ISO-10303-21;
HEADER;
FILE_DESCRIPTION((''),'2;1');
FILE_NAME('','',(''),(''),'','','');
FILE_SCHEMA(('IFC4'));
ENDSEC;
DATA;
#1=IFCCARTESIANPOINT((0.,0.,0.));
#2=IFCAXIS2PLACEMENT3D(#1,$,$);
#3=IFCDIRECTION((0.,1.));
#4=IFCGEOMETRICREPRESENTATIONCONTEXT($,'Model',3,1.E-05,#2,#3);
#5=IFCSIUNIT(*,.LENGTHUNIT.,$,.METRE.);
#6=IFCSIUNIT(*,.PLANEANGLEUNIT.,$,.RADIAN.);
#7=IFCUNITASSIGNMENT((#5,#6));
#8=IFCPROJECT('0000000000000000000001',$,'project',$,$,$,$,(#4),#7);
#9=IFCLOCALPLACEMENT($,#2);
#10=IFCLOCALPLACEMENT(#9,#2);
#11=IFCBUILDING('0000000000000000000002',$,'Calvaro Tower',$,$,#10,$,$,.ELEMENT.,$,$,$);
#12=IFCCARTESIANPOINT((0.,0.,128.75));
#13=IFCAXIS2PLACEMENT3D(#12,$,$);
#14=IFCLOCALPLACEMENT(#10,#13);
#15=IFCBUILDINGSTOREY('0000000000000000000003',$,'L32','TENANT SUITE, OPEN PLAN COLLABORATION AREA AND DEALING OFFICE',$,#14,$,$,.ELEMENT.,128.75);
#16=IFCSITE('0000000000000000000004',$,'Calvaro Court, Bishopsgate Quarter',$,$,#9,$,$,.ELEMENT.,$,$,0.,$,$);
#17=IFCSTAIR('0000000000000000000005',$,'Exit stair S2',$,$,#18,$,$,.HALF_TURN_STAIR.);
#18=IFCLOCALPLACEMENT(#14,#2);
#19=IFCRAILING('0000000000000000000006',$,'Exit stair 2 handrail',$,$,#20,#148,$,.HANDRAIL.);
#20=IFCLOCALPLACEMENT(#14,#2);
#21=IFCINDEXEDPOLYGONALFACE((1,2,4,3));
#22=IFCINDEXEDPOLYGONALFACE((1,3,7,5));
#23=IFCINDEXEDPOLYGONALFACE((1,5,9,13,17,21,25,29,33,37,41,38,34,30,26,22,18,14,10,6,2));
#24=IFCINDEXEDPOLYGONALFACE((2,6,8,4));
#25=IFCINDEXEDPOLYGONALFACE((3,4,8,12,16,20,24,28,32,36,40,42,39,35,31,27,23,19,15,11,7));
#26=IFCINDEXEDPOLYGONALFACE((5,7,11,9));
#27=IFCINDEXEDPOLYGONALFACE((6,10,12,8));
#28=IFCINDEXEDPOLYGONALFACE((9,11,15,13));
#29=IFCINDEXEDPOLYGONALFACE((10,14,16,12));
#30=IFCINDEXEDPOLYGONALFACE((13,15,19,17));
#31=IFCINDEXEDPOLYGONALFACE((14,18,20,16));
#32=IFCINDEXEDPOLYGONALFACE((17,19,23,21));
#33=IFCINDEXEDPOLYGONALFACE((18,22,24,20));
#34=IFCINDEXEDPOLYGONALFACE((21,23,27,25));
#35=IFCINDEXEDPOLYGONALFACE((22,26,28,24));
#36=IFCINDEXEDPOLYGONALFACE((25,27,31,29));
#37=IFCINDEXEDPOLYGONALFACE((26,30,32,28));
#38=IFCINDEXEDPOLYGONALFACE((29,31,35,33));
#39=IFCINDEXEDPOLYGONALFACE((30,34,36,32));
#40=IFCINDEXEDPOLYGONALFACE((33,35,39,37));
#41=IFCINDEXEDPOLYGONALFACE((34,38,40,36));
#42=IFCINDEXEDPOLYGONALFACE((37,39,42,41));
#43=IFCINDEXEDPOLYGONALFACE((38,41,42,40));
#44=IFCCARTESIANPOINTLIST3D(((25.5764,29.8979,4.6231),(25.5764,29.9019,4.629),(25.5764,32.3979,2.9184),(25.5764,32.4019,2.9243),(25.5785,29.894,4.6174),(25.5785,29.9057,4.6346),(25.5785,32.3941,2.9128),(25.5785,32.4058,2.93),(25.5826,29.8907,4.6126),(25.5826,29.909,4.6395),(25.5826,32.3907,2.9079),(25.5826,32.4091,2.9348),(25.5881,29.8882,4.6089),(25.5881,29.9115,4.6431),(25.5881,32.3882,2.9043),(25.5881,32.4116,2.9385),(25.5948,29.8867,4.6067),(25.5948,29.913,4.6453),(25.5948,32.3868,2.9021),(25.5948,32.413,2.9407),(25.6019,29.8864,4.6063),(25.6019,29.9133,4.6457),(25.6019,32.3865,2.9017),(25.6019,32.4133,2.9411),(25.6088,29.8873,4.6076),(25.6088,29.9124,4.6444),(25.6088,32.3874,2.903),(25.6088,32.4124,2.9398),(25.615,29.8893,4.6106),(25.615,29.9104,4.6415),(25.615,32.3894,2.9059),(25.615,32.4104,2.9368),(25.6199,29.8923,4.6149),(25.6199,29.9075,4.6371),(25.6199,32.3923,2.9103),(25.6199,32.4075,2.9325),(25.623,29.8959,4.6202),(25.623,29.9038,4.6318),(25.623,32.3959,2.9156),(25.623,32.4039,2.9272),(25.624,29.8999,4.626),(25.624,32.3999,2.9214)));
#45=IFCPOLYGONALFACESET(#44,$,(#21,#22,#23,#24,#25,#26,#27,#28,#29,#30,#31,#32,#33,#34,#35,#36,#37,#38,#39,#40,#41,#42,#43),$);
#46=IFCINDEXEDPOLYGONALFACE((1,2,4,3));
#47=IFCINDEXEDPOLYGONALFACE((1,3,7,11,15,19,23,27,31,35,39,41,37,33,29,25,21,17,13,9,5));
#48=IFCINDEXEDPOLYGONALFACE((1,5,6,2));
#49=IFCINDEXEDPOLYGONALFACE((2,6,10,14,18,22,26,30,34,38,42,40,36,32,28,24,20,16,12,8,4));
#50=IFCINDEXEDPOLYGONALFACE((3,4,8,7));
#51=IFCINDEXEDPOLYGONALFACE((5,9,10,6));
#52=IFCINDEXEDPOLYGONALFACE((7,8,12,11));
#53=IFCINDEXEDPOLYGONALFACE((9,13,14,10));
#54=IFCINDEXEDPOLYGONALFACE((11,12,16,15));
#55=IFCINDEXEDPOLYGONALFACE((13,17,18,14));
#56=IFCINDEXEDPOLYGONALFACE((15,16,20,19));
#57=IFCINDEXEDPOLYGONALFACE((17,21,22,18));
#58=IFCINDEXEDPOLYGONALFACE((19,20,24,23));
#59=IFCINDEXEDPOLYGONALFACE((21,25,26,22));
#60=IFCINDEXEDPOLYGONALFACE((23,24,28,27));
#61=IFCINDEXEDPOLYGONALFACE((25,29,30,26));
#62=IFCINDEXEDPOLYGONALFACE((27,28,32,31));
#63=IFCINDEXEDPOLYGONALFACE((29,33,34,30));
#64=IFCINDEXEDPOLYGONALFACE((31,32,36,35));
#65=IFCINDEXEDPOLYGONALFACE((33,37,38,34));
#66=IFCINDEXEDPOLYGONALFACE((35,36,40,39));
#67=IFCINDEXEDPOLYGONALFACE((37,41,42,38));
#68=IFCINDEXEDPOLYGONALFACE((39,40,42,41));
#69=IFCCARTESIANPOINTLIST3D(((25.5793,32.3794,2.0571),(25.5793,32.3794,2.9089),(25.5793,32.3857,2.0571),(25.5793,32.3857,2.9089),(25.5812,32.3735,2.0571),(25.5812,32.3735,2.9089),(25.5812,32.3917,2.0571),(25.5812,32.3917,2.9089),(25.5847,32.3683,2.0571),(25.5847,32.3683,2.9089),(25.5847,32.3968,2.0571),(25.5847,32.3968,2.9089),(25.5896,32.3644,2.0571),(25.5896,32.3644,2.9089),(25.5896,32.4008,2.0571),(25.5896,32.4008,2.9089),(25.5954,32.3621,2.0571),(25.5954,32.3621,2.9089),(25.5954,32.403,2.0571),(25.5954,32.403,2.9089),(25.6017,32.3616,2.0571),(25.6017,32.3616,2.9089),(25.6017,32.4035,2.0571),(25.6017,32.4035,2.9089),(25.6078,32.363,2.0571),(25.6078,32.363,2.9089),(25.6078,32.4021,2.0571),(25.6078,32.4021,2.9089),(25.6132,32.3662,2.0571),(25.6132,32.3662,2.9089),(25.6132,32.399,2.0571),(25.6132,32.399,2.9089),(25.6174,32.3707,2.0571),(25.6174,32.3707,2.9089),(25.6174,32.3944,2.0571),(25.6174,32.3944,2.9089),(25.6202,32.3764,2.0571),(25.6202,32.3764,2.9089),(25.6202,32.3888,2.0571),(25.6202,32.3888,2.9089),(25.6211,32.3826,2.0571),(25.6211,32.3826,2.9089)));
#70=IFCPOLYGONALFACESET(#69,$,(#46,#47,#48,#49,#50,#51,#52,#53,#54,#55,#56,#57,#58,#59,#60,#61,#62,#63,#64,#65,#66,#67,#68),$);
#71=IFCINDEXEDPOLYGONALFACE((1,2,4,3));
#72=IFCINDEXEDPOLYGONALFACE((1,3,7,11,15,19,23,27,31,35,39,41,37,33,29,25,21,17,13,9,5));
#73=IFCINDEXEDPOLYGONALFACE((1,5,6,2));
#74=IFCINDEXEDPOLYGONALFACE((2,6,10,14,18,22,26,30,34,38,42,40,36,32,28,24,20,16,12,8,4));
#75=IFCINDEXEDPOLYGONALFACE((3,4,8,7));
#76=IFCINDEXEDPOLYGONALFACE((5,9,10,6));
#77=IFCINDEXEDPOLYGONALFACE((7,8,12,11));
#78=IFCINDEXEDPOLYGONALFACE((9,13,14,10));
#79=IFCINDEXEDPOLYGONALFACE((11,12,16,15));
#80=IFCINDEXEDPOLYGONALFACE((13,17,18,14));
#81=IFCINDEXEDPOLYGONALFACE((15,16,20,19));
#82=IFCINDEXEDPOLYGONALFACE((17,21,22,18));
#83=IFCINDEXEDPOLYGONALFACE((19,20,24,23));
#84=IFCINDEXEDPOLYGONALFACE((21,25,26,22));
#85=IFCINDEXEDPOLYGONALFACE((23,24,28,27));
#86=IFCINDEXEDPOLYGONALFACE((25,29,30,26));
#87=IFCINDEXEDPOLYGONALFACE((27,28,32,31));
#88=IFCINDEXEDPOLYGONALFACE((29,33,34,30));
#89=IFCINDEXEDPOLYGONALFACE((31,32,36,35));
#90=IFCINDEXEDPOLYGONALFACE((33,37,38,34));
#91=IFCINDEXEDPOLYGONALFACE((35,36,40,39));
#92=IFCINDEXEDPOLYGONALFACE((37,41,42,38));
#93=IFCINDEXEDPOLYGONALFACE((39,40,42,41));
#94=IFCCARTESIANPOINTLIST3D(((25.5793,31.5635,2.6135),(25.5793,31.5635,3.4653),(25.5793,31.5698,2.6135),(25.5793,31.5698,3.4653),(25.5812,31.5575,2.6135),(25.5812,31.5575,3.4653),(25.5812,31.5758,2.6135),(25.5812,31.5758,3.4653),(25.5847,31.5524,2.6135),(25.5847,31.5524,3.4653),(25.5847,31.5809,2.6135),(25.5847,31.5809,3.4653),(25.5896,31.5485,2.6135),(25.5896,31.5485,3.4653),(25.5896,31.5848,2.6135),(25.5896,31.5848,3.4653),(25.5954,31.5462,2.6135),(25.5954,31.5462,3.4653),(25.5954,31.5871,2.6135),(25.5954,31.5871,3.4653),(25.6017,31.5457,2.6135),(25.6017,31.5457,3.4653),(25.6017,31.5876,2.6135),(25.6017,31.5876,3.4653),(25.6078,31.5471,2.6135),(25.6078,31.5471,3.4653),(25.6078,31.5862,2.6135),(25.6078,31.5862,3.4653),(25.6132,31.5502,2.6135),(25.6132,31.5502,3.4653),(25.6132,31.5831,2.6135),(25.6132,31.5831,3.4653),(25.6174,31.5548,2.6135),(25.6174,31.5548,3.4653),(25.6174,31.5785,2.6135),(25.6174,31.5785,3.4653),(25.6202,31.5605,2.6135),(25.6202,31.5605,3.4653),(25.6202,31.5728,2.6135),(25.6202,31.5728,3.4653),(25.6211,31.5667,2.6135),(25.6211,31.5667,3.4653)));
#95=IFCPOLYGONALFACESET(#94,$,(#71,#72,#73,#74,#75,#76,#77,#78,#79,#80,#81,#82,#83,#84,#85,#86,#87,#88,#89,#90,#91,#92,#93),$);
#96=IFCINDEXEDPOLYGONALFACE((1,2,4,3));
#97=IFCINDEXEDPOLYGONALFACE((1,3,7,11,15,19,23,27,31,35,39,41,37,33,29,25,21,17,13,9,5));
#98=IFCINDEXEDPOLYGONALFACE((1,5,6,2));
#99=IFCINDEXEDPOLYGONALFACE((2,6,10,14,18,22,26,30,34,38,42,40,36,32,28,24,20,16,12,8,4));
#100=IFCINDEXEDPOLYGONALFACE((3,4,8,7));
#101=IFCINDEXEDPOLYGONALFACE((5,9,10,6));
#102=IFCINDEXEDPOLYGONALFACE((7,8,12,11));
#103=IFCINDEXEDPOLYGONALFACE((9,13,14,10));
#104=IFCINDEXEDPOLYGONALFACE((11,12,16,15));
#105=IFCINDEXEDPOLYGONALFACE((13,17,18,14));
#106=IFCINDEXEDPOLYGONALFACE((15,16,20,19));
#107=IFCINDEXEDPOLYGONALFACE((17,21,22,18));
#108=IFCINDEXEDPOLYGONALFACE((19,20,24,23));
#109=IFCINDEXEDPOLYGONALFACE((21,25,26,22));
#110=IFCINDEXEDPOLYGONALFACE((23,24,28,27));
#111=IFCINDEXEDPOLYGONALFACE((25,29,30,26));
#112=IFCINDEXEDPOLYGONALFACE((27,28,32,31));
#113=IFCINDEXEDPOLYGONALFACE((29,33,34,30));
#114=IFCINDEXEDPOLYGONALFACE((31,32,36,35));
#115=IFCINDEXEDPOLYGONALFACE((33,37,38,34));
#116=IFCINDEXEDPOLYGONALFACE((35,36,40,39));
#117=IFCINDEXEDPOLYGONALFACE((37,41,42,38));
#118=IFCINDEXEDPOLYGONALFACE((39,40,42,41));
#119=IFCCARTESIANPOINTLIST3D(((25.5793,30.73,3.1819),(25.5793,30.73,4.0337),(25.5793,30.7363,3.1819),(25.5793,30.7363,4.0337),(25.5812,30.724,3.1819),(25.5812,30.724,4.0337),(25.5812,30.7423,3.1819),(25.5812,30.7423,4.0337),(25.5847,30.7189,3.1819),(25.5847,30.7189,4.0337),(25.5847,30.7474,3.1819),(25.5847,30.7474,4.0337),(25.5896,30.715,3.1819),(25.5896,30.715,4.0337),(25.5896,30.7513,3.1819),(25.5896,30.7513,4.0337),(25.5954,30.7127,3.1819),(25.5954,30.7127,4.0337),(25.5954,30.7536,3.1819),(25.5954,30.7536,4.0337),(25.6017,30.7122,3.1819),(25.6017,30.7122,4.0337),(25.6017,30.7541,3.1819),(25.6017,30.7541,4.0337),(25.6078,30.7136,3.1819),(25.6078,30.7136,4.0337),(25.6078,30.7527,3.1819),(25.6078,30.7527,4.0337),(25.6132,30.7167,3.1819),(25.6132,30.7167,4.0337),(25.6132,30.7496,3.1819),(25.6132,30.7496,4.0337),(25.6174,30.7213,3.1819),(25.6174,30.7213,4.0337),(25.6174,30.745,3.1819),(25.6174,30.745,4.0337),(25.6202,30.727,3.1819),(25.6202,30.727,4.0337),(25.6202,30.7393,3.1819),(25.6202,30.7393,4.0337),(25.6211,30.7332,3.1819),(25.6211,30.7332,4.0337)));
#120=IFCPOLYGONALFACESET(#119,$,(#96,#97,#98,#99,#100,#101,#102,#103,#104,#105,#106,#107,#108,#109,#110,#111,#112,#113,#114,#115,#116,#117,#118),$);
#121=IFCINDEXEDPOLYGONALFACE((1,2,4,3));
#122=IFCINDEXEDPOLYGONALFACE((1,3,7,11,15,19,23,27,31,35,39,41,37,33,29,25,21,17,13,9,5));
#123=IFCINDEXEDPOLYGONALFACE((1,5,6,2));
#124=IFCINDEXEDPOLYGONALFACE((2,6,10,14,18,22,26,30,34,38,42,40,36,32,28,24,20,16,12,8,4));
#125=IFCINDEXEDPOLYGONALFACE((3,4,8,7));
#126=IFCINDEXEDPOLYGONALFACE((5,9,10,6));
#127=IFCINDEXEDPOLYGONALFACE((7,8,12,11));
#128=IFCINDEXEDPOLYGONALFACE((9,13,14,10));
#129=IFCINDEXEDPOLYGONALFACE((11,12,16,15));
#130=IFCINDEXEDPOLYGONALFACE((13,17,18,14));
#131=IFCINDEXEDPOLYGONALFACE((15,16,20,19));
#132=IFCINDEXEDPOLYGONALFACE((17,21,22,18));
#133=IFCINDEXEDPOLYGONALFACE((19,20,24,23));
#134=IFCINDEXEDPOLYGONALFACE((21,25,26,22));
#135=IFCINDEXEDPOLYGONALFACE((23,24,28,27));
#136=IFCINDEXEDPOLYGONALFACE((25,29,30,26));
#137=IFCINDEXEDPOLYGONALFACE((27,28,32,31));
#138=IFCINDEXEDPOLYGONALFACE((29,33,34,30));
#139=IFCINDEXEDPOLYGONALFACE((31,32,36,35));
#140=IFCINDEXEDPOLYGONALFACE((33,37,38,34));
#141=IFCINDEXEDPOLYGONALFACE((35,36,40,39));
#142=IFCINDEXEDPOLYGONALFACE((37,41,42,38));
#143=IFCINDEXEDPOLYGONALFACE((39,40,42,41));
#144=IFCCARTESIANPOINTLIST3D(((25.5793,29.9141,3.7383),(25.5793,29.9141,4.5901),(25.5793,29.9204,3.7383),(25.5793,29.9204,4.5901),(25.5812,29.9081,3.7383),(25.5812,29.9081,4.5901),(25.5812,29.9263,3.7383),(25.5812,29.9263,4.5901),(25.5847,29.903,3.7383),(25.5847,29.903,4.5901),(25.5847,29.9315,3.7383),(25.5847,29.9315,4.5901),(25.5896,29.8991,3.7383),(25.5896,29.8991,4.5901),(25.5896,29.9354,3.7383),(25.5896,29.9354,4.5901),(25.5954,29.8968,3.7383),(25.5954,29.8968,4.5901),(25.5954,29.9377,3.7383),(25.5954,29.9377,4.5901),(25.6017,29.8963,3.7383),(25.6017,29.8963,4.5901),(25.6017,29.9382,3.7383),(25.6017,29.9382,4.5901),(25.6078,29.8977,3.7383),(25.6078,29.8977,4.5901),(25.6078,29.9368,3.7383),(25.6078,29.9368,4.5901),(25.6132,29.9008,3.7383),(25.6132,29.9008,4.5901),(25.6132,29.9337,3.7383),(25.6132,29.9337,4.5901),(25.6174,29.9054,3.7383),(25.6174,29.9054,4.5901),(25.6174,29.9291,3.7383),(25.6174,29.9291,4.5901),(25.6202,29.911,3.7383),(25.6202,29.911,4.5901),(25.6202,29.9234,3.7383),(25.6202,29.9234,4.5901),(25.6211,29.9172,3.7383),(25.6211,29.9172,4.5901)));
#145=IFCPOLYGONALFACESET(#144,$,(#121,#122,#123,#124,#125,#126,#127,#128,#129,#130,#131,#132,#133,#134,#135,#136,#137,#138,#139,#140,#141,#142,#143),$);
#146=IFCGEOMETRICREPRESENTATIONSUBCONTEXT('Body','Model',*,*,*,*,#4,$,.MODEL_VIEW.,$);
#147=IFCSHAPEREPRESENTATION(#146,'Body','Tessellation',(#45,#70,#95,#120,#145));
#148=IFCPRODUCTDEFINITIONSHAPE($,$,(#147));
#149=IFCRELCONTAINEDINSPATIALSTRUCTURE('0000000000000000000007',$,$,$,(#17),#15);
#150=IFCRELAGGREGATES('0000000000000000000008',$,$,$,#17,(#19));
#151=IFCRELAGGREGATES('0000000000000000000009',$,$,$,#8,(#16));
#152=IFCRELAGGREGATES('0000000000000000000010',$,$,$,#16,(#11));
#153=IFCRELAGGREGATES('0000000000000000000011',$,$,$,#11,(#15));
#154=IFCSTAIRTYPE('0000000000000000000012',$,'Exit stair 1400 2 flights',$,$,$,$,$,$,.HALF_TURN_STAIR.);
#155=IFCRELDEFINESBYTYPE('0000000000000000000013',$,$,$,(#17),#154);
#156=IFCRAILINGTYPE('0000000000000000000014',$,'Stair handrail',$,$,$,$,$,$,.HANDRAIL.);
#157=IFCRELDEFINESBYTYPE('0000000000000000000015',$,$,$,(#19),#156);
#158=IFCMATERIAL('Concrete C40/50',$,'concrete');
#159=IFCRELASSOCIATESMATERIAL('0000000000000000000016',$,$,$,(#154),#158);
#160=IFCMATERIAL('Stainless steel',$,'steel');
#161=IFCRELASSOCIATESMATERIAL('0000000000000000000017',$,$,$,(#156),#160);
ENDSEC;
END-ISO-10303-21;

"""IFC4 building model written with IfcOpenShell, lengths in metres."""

from ifc_helpers import new_model, si_unit, direction, frame, origin, origin_2d, place, context, subcontext, project, spatial, circle, extrude, material, type_object, element, aggregate, save


model = new_model("IFC4")

# Units and contexts
model_context = context("Model", 3, precision=1e-05, world=origin(), true_north=direction((0.0, 1.0)))
body_context = subcontext(model_context, "Body", "Model", "MODEL_VIEW")
ifc_project = project(units=[si_unit("LENGTHUNIT", "METRE"), si_unit("PLANEANGLEUNIT", "RADIAN")], contexts=[model_context])

# Site, building, storey
site_placement = place(None, origin())
site = spatial("IfcSite", under=ifc_project, at=site_placement, Name="Calvaro Court, Bishopsgate Quarter", CompositionType="ELEMENT", RefElevation=0.0)
building_placement = place(site_placement, origin())
building = spatial("IfcBuilding", under=site, at=building_placement, Name="Calvaro Tower", CompositionType="ELEMENT")
storey_placement = place(building_placement, frame((0.0, 0.0, 128.75)))
storey = spatial("IfcBuildingStorey", under=building, at=storey_placement, Name="L32", Description="TENANT SUITE, OPEN PLAN COLLABORATION AREA AND DEALING OFFICE", CompositionType="ELEMENT", Elevation=128.75)

# Stair, railing
ifc_material_1 = material(Name="Concrete C40/50", Category="concrete")
stair_type = type_object("IfcStairType", Name="Exit stair 1400 2 flights", PredefinedType="HALF_TURN_STAIR", material=ifc_material_1)
stair_placement = place(storey_placement, origin())
stair = element("IfcStair", 1, at=stair_placement, inside=storey, type_object=stair_type, Name="Exit stair S2", PredefinedType="HALF_TURN_STAIR")
ifc_material_2 = material(Name="Stainless steel", Category="steel")
railing_type = type_object("IfcRailingType", Name="Stair handrail", PredefinedType="HANDRAIL", material=ifc_material_2)
railing_1_placement = place(storey_placement, frame((25.6001, 32.3999, 2.0454)))
railing_1 = element("IfcRailing", 2, at=railing_1_placement, type_object=railing_type, Name="Exit stair 2 handrail", PredefinedType="HANDRAIL", context=body_context, shape_type="SweptSolid", body=[
    extrude(circle(Radius=0.0239, at=origin_2d()), frame((0.0, 0.0, 0.876), z_axis=(0.0, -0.826221, 0.563347), x_axis=(1.0, 0.0, 0.0)), (0.0, 0.0, 1.0), 3.0259),
    extrude(circle(Radius=0.021, at=origin_2d()), frame((0.0, -0.0173, 0.0117)), (0.0, 0.0, 1.0), 0.8518),
    extrude(circle(Radius=0.021, at=origin_2d()), frame((0.0, -0.8333, 0.5681)), (0.0, 0.0, 1.0), 0.8518),
    extrude(circle(Radius=0.021, at=origin_2d()), frame((0.0, -1.6667, 1.1365)), (0.0, 0.0, 1.0), 0.8518),
    extrude(circle(Radius=0.021, at=origin_2d()), frame((0.0, -2.4827, 1.6929)), (0.0, 0.0, 1.0), 0.8518),
])
aggregate(stair, [railing_1])

save(model, "model.ifc")
